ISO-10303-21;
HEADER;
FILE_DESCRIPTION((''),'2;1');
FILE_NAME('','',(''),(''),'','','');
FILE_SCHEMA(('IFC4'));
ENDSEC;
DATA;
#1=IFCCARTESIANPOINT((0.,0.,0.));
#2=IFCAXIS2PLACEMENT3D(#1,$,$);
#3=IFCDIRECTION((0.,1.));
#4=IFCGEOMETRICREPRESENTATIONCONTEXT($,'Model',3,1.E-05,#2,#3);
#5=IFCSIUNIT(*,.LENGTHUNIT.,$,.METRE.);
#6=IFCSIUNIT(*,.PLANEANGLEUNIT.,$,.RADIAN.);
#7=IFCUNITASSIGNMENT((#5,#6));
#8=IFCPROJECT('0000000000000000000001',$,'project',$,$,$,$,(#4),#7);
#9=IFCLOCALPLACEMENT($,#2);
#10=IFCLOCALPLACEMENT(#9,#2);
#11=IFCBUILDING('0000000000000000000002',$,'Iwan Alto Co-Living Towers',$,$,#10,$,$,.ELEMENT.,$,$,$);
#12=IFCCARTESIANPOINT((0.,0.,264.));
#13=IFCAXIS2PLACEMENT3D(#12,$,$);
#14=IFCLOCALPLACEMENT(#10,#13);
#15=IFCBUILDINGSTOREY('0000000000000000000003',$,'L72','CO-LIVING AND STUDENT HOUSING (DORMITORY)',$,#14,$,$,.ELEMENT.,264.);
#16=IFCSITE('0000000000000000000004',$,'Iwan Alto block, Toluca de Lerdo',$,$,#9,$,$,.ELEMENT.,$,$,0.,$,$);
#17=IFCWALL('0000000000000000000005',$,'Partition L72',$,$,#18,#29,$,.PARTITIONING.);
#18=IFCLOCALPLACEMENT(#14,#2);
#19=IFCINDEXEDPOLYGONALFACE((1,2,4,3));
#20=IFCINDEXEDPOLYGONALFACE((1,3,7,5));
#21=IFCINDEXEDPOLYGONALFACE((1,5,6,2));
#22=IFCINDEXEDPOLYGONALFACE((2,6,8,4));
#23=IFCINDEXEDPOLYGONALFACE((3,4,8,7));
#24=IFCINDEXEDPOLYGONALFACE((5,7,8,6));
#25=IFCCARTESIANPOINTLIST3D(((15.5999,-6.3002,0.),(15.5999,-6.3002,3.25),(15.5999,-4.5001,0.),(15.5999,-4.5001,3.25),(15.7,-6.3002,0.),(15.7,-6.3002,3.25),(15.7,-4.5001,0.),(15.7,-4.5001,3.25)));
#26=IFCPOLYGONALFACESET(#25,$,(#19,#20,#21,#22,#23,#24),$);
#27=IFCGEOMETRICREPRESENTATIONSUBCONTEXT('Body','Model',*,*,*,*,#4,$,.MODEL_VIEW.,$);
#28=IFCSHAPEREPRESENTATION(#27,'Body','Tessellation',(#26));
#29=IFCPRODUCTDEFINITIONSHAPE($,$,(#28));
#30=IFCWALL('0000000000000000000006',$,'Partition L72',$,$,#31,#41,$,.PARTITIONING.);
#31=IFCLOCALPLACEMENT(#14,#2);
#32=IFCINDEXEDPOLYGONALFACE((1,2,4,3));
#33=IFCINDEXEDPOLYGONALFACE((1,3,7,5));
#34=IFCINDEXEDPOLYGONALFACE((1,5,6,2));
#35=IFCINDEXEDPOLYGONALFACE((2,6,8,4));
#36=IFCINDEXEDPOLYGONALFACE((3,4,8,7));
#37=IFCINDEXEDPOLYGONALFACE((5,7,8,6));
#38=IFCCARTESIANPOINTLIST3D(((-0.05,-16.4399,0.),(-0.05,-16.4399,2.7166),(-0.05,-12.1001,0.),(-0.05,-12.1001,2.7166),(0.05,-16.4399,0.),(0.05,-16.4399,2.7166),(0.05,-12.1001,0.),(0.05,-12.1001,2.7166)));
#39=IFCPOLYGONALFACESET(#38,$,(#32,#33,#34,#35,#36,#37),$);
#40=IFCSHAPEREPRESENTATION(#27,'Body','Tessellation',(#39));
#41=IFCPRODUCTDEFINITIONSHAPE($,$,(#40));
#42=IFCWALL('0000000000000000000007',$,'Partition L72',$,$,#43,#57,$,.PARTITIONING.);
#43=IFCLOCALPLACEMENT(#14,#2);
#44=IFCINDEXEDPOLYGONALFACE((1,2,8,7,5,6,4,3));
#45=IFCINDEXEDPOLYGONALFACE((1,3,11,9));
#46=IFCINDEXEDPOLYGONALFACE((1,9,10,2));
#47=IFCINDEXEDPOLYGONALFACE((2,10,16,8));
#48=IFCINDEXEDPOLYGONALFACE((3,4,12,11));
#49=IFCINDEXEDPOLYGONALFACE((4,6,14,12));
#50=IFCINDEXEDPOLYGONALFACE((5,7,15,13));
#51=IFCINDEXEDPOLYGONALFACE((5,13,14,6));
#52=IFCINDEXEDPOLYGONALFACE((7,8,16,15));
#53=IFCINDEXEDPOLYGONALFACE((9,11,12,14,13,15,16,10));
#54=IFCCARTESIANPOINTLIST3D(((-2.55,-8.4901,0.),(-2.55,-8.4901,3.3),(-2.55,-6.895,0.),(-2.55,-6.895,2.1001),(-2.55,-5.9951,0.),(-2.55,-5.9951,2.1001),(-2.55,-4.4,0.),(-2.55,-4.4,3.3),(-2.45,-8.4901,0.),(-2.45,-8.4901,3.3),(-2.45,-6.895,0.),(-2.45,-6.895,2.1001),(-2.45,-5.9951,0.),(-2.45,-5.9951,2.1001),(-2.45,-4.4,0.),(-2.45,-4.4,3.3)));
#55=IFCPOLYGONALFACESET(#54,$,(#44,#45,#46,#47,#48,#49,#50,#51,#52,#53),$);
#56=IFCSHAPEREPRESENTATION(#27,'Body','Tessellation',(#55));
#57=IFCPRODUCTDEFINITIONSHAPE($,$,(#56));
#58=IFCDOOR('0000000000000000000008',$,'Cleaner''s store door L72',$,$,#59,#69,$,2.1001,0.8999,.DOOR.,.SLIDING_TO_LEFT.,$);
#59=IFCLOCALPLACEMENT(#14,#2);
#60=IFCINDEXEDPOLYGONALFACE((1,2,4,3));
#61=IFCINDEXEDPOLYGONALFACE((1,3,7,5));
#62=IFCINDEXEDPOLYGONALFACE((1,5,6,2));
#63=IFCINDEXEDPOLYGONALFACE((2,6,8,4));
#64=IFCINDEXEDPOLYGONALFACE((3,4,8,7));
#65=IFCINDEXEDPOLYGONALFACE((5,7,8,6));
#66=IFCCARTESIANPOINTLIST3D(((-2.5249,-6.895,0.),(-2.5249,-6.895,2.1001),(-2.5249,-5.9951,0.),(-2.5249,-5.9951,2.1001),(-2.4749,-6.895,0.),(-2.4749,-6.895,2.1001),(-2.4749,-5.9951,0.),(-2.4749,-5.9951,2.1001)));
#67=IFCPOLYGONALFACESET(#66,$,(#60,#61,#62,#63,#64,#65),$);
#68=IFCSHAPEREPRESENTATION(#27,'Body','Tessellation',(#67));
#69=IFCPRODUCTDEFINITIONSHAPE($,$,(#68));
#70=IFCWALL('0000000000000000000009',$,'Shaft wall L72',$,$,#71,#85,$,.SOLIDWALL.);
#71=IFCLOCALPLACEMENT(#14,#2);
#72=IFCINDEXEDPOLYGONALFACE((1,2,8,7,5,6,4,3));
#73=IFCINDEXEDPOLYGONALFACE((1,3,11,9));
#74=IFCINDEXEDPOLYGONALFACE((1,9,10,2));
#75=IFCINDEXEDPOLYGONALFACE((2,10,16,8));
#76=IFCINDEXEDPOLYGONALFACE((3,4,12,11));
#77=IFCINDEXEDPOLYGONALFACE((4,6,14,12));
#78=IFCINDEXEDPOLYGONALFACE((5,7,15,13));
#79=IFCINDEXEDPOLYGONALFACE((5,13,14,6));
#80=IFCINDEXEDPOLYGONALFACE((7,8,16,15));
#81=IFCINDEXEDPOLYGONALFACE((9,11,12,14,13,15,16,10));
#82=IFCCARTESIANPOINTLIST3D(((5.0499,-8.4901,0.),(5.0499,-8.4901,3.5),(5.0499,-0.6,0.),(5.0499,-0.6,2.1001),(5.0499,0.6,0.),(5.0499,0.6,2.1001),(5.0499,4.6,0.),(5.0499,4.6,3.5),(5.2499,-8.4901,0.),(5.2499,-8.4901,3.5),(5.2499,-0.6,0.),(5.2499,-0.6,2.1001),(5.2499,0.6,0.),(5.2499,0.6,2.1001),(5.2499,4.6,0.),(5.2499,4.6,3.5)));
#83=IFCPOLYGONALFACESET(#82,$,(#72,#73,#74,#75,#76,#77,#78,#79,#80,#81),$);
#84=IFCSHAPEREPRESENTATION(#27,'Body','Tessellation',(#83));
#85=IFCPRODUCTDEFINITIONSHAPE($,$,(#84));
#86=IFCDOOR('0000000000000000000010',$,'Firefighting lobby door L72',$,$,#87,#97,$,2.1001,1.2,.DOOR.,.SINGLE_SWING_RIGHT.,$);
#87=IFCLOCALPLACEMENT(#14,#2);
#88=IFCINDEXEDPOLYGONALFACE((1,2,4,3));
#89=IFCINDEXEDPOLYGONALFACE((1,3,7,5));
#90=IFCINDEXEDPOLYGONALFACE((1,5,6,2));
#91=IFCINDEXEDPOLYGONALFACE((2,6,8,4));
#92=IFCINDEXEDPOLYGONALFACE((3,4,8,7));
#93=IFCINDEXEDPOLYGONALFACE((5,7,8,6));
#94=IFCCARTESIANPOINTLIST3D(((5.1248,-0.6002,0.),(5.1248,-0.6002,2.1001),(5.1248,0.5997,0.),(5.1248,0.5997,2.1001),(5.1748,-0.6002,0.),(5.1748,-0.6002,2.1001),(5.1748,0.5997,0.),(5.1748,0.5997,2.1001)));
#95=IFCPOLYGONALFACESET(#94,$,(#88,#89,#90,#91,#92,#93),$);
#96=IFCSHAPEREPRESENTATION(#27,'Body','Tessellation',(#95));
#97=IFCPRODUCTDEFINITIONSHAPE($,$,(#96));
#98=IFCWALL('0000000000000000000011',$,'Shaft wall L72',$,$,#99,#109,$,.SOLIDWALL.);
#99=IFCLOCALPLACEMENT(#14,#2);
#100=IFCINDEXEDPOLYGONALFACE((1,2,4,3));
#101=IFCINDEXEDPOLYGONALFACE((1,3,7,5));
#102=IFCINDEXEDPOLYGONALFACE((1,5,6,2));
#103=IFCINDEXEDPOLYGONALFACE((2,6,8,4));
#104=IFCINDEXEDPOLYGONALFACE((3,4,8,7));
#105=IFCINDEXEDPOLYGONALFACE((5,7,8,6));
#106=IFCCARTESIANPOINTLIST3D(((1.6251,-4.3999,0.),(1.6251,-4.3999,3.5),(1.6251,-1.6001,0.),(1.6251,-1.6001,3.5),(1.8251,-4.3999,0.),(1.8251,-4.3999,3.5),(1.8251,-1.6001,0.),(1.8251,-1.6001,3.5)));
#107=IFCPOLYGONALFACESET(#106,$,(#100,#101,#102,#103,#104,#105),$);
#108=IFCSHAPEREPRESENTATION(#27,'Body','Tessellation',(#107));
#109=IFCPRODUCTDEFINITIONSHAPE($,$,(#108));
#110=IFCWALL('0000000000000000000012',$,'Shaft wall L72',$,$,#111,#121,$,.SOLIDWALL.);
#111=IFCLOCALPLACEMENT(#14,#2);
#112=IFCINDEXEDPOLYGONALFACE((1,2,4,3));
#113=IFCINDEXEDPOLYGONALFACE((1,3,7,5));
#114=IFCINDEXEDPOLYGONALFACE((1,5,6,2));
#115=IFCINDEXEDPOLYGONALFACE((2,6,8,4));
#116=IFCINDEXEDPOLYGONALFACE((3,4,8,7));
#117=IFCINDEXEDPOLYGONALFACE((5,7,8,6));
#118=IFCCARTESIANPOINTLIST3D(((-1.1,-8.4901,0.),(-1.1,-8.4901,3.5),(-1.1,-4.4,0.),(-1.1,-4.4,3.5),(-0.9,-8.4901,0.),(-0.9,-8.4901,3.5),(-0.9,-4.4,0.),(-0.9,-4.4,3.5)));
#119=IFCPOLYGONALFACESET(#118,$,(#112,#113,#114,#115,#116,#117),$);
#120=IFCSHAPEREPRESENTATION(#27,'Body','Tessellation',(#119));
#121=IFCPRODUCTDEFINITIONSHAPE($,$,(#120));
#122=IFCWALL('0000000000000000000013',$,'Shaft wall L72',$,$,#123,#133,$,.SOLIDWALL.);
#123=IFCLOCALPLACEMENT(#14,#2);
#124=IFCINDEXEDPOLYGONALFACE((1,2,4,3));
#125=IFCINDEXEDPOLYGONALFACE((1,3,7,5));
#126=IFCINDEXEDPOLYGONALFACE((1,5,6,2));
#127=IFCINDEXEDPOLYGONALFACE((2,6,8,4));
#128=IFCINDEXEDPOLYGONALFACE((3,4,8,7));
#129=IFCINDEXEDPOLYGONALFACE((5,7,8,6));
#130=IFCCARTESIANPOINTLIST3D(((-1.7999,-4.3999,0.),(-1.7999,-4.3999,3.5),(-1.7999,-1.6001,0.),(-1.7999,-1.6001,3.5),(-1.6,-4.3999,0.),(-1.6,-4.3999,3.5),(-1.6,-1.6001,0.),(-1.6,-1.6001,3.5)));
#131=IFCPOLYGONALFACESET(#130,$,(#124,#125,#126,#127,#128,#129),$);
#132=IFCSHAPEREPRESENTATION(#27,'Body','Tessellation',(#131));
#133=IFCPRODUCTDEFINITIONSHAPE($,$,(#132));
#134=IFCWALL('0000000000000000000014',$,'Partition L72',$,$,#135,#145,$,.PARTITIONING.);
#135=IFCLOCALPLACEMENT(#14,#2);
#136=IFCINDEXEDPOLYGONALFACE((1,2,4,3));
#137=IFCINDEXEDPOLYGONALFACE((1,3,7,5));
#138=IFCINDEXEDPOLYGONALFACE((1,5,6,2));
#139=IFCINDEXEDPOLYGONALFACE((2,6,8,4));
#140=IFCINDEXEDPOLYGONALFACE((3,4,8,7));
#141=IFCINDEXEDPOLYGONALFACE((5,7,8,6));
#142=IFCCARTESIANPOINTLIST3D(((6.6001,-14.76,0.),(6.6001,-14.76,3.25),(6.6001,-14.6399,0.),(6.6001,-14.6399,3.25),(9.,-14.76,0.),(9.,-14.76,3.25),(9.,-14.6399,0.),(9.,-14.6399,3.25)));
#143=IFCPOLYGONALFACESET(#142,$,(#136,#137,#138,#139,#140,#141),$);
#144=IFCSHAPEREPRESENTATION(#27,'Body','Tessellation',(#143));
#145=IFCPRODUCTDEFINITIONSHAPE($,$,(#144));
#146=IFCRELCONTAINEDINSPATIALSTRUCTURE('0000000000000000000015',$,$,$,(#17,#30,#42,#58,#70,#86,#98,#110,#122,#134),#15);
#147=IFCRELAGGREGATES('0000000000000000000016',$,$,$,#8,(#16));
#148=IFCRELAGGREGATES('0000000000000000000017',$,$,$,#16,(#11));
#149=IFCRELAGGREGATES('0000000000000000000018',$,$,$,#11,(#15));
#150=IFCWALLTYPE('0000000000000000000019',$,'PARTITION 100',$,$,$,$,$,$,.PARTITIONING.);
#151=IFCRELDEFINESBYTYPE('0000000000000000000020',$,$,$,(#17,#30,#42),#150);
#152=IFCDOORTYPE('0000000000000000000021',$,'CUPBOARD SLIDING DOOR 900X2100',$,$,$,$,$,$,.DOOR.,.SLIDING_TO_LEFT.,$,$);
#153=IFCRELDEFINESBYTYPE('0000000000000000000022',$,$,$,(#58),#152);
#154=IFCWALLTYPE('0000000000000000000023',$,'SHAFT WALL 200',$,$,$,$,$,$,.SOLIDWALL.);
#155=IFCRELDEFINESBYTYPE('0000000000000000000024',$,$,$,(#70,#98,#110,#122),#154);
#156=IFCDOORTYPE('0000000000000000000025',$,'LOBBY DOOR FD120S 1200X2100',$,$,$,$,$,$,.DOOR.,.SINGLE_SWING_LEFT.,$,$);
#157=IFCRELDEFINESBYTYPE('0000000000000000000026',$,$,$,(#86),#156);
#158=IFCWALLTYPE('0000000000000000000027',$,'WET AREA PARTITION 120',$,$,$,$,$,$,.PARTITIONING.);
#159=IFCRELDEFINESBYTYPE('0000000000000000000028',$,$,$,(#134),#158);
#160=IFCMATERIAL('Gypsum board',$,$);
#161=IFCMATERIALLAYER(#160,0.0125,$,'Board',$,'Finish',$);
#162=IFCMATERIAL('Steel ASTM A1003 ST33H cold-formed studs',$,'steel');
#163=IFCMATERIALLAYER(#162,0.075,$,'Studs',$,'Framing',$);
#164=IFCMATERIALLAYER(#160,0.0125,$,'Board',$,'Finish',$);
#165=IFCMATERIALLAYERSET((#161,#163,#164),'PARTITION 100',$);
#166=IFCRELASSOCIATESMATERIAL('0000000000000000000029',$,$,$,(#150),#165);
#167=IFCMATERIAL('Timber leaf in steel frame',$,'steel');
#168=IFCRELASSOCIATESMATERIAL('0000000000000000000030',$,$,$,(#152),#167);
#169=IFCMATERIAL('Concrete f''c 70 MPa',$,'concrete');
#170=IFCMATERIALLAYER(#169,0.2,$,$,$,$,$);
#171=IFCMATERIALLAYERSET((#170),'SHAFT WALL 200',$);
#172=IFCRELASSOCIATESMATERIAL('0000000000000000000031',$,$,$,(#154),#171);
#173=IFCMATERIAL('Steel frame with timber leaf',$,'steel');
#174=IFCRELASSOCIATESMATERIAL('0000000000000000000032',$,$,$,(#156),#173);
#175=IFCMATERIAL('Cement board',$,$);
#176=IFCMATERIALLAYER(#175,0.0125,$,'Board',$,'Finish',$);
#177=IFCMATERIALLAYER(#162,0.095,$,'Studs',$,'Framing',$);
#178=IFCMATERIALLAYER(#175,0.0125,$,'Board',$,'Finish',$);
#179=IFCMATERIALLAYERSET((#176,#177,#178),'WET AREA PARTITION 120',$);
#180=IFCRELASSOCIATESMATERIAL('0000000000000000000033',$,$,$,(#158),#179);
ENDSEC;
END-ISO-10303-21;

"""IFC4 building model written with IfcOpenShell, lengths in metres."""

from ifc_helpers import new_model, si_unit, direction, frame, frame_2d, origin, place, context, subcontext, project, spatial, rectangle, extrude, material, layer, layer_set, type_object, element, fill, save


model = new_model("IFC4")

# Units and contexts
model_context = context("Model", 3, precision=1e-05, world=origin(), true_north=direction((0.0, 1.0)))
body_context = subcontext(model_context, "Body", "Model", "MODEL_VIEW")
ifc_project = project(units=[si_unit("LENGTHUNIT", "METRE"), si_unit("PLANEANGLEUNIT", "RADIAN")], contexts=[model_context])

# Site, building, storey
site_placement = place(None, origin())
site = spatial("IfcSite", under=ifc_project, at=site_placement, Name="Iwan Alto block, Toluca de Lerdo", CompositionType="ELEMENT", RefElevation=0.0)
building_placement = place(site_placement, origin())
building = spatial("IfcBuilding", under=site, at=building_placement, Name="Iwan Alto Co-Living Towers", CompositionType="ELEMENT")
storey_placement = place(building_placement, frame((0.0, 0.0, 264.0)))
storey = spatial("IfcBuildingStorey", under=building, at=storey_placement, Name="L72", Description="CO-LIVING AND STUDENT HOUSING (DORMITORY)", CompositionType="ELEMENT", Elevation=264.0)

# Shared definitions
ifc_material_1 = material(Name="Gypsum board")
ifc_material_2 = material(Name="Steel ASTM A1003 ST33H cold-formed studs", Category="steel")

# Shared definitions
ifc_layer_1 = layer(ifc_material_1, 0.0125, Name="Board", Category="Finish")
ifc_layer_2 = layer(ifc_material_2, 0.075, Name="Studs", Category="Framing")
ifc_layer_3 = layer(ifc_material_1, 0.0125, Name="Board", Category="Finish")
ifc_layer_set_1 = layer_set([ifc_layer_1, ifc_layer_2, ifc_layer_3], Name="PARTITION 100")
wall_type_1 = type_object("IfcWallType", Name="PARTITION 100", PredefinedType="PARTITIONING", material=ifc_layer_set_1)

# Walls
wall_1_placement = place(storey_placement, frame((15.6499, -6.3, 0.0), z_axis=(0.0, 0.0, 1.0), x_axis=(0.0, 1.0, 0.0)))
element("IfcWall", 1, at=wall_1_placement, inside=storey, type_object=wall_type_1, Name="Partition L72", PredefinedType="PARTITIONING", context=body_context, shape_type="SweptSolid", body=[
    extrude(rectangle(XDim=1.8, YDim=0.1001, at=frame_2d((0.8999, 0.0))), origin(), (0.0, 0.0, 1.0), 3.25),
])
wall_2_placement = place(storey_placement, frame((0.0, -16.4399, 0.0), z_axis=(0.0, 0.0, 1.0), x_axis=(0.0, 1.0, 0.0)))
element("IfcWall", 2, at=wall_2_placement, inside=storey, type_object=wall_type_1, Name="Partition L72", PredefinedType="PARTITIONING", context=body_context, shape_type="SweptSolid", body=[
    extrude(rectangle(XDim=4.3398, YDim=0.1001, at=frame_2d((2.1699, 0.0))), origin(), (0.0, 0.0, 1.0), 2.7166),
])

# Walls, openings, doors
wall_3_placement = place(storey_placement, frame((-2.5, -8.49, 0.0), z_axis=(0.0, 0.0, 1.0), x_axis=(0.0, 1.0, 0.0)))
wall_3 = element("IfcWall", 3, at=wall_3_placement, inside=storey, type_object=wall_type_1, Name="Partition L72", PredefinedType="PARTITIONING", context=body_context, shape_type="SweptSolid", body=[
    extrude(rectangle(XDim=4.0901, YDim=0.1001, at=frame_2d((2.0449, 0.0))), origin(), (0.0, 0.0, 1.0), 3.3),
])
opening_1_placement = place(wall_3_placement, frame((1.595, 0.0, 0.0)))
opening_1 = element("IfcOpeningElement", 4, at=opening_1_placement, cuts=wall_3, PredefinedType="OPENING", context=body_context, shape_type="SweptSolid", body=[
    extrude(rectangle(XDim=0.8999, YDim=2.1001, at=frame_2d((0.45, 1.05))), frame((0.0, 0.0601, 0.0), z_axis=(0.0, -1.0, 0.0), x_axis=(1.0, 0.0, 0.0)), (0.0, 0.0, 1.0), 0.1201),
])
ifc_material_3 = material(Name="Timber leaf in steel frame", Category="steel")
door_type_1 = type_object("IfcDoorType", Name="CUPBOARD SLIDING DOOR 900X2100", OperationType="SLIDING_TO_LEFT", PredefinedType="DOOR", material=ifc_material_3)
door_1_placement = place(opening_1_placement, origin())
door_1 = element("IfcDoor", 5, at=door_1_placement, inside=storey, type_object=door_type_1, Name="Cleaner's store door L72", OperationType="SLIDING_TO_LEFT", OverallHeight=2.1001, OverallWidth=0.8999, PredefinedType="DOOR", context=body_context, shape_type="SweptSolid", body=[
    extrude(rectangle(XDim=0.8999, YDim=2.1001, at=frame_2d((0.45, 1.05))), frame((0.0, 0.0249, 0.0), z_axis=(0.0, -1.0, 0.0), x_axis=(1.0, 0.0, 0.0)), (0.0, 0.0, 1.0), 0.05),
])
fill(opening_1, door_1)
ifc_material_4 = material(Name="Concrete f'c 70 MPa", Category="concrete")
ifc_layer_4 = layer(ifc_material_4, 0.2)
ifc_layer_set_2 = layer_set([ifc_layer_4], Name="SHAFT WALL 200")
wall_type_2 = type_object("IfcWallType", Name="SHAFT WALL 200", PredefinedType="SOLIDWALL", material=ifc_layer_set_2)
wall_4_placement = place(storey_placement, frame((5.1499, -8.49, 0.0), z_axis=(0.0, 0.0, 1.0), x_axis=(0.0, 1.0, 0.0)))
wall_4 = element("IfcWall", 6, at=wall_4_placement, inside=storey, type_object=wall_type_2, Name="Shaft wall L72", PredefinedType="SOLIDWALL", context=body_context, shape_type="SweptSolid", body=[
    extrude(rectangle(XDim=13.0901, YDim=0.2, at=frame_2d((6.5449, 0.0))), origin(), (0.0, 0.0, 1.0), 3.5),
])
opening_2_placement = place(wall_4_placement, frame((7.8899, 0.0, 0.0)))
opening_2 = element("IfcOpeningElement", 7, at=opening_2_placement, cuts=wall_4, PredefinedType="OPENING", context=body_context, shape_type="SweptSolid", body=[
    extrude(rectangle(XDim=1.2, YDim=2.1001, at=frame_2d((0.6001, 1.05))), frame((0.0, 0.1099, 0.0), z_axis=(0.0, -1.0, 0.0), x_axis=(1.0, 0.0, 0.0)), (0.0, 0.0, 1.0), 0.22),
])
ifc_material_5 = material(Name="Steel frame with timber leaf", Category="steel")
door_type_2 = type_object("IfcDoorType", Name="LOBBY DOOR FD120S 1200X2100", OperationType="SINGLE_SWING_LEFT", PredefinedType="DOOR", material=ifc_material_5)
door_2_placement = place(opening_2_placement, frame((1.2, 0.0, 0.0), z_axis=(0.0, 0.0, 1.0), x_axis=(-1.0, 0.0, 0.0)))
door_2 = element("IfcDoor", 8, at=door_2_placement, inside=storey, type_object=door_type_2, Name="Firefighting lobby door L72", OperationType="SINGLE_SWING_RIGHT", OverallHeight=2.1001, OverallWidth=1.2, PredefinedType="DOOR", context=body_context, shape_type="SweptSolid", body=[
    extrude(rectangle(XDim=1.2, YDim=2.1001, at=frame_2d((0.6001, 1.05))), frame((0.0, 0.0249, 0.0), z_axis=(0.0, -1.0, 0.0), x_axis=(1.0, 0.0, 0.0)), (0.0, 0.0, 1.0), 0.05),
])
fill(opening_2, door_2)

# Walls
wall_5_placement = place(storey_placement, frame((1.7251, -4.3999, 0.0), z_axis=(0.0, 0.0, 1.0), x_axis=(0.0, 1.0, 0.0)))
element("IfcWall", 9, at=wall_5_placement, inside=storey, type_object=wall_type_2, Name="Shaft wall L72", PredefinedType="SOLIDWALL", context=body_context, shape_type="SweptSolid", body=[
    extrude(rectangle(XDim=2.7998, YDim=0.2, at=frame_2d((1.3999, 0.0))), origin(), (0.0, 0.0, 1.0), 3.5),
])
wall_6_placement = place(storey_placement, frame((-1.0, -8.49, 0.0), z_axis=(0.0, 0.0, 1.0), x_axis=(0.0, 1.0, 0.0)))
element("IfcWall", 10, at=wall_6_placement, inside=storey, type_object=wall_type_2, Name="Shaft wall L72", PredefinedType="SOLIDWALL", context=body_context, shape_type="SweptSolid", body=[
    extrude(rectangle(XDim=4.0901, YDim=0.2, at=frame_2d((2.0449, 0.0))), origin(), (0.0, 0.0, 1.0), 3.5),
])
wall_7_placement = place(storey_placement, frame((-1.7, -4.3999, 0.0), z_axis=(0.0, 0.0, 1.0), x_axis=(0.0, 1.0, 0.0)))
element("IfcWall", 11, at=wall_7_placement, inside=storey, type_object=wall_type_2, Name="Shaft wall L72", PredefinedType="SOLIDWALL", context=body_context, shape_type="SweptSolid", body=[
    extrude(rectangle(XDim=2.7998, YDim=0.2, at=frame_2d((1.3999, 0.0))), origin(), (0.0, 0.0, 1.0), 3.5),
])
ifc_material_6 = material(Name="Cement board")
ifc_layer_5 = layer(ifc_material_6, 0.0125, Name="Board", Category="Finish")
ifc_layer_6 = layer(ifc_material_2, 0.095, Name="Studs", Category="Framing")
ifc_layer_7 = layer(ifc_material_6, 0.0125, Name="Board", Category="Finish")
ifc_layer_set_3 = layer_set([ifc_layer_5, ifc_layer_6, ifc_layer_7], Name="WET AREA PARTITION 120")
wall_type_3 = type_object("IfcWallType", Name="WET AREA PARTITION 120", PredefinedType="PARTITIONING", material=ifc_layer_set_3)
wall_8_placement = place(storey_placement, frame((6.6001, -14.7, 0.0), z_axis=(0.0, 0.0, 1.0), x_axis=(1.0, 0.0, 0.0)))
element("IfcWall", 12, at=wall_8_placement, inside=storey, type_object=wall_type_3, Name="Partition L72", PredefinedType="PARTITIONING", context=body_context, shape_type="SweptSolid", body=[
    extrude(rectangle(XDim=2.3999, YDim=0.1201, at=frame_2d((1.2, 0.0))), origin(), (0.0, 0.0, 1.0), 3.25),
])

save(model, "model.ifc")
